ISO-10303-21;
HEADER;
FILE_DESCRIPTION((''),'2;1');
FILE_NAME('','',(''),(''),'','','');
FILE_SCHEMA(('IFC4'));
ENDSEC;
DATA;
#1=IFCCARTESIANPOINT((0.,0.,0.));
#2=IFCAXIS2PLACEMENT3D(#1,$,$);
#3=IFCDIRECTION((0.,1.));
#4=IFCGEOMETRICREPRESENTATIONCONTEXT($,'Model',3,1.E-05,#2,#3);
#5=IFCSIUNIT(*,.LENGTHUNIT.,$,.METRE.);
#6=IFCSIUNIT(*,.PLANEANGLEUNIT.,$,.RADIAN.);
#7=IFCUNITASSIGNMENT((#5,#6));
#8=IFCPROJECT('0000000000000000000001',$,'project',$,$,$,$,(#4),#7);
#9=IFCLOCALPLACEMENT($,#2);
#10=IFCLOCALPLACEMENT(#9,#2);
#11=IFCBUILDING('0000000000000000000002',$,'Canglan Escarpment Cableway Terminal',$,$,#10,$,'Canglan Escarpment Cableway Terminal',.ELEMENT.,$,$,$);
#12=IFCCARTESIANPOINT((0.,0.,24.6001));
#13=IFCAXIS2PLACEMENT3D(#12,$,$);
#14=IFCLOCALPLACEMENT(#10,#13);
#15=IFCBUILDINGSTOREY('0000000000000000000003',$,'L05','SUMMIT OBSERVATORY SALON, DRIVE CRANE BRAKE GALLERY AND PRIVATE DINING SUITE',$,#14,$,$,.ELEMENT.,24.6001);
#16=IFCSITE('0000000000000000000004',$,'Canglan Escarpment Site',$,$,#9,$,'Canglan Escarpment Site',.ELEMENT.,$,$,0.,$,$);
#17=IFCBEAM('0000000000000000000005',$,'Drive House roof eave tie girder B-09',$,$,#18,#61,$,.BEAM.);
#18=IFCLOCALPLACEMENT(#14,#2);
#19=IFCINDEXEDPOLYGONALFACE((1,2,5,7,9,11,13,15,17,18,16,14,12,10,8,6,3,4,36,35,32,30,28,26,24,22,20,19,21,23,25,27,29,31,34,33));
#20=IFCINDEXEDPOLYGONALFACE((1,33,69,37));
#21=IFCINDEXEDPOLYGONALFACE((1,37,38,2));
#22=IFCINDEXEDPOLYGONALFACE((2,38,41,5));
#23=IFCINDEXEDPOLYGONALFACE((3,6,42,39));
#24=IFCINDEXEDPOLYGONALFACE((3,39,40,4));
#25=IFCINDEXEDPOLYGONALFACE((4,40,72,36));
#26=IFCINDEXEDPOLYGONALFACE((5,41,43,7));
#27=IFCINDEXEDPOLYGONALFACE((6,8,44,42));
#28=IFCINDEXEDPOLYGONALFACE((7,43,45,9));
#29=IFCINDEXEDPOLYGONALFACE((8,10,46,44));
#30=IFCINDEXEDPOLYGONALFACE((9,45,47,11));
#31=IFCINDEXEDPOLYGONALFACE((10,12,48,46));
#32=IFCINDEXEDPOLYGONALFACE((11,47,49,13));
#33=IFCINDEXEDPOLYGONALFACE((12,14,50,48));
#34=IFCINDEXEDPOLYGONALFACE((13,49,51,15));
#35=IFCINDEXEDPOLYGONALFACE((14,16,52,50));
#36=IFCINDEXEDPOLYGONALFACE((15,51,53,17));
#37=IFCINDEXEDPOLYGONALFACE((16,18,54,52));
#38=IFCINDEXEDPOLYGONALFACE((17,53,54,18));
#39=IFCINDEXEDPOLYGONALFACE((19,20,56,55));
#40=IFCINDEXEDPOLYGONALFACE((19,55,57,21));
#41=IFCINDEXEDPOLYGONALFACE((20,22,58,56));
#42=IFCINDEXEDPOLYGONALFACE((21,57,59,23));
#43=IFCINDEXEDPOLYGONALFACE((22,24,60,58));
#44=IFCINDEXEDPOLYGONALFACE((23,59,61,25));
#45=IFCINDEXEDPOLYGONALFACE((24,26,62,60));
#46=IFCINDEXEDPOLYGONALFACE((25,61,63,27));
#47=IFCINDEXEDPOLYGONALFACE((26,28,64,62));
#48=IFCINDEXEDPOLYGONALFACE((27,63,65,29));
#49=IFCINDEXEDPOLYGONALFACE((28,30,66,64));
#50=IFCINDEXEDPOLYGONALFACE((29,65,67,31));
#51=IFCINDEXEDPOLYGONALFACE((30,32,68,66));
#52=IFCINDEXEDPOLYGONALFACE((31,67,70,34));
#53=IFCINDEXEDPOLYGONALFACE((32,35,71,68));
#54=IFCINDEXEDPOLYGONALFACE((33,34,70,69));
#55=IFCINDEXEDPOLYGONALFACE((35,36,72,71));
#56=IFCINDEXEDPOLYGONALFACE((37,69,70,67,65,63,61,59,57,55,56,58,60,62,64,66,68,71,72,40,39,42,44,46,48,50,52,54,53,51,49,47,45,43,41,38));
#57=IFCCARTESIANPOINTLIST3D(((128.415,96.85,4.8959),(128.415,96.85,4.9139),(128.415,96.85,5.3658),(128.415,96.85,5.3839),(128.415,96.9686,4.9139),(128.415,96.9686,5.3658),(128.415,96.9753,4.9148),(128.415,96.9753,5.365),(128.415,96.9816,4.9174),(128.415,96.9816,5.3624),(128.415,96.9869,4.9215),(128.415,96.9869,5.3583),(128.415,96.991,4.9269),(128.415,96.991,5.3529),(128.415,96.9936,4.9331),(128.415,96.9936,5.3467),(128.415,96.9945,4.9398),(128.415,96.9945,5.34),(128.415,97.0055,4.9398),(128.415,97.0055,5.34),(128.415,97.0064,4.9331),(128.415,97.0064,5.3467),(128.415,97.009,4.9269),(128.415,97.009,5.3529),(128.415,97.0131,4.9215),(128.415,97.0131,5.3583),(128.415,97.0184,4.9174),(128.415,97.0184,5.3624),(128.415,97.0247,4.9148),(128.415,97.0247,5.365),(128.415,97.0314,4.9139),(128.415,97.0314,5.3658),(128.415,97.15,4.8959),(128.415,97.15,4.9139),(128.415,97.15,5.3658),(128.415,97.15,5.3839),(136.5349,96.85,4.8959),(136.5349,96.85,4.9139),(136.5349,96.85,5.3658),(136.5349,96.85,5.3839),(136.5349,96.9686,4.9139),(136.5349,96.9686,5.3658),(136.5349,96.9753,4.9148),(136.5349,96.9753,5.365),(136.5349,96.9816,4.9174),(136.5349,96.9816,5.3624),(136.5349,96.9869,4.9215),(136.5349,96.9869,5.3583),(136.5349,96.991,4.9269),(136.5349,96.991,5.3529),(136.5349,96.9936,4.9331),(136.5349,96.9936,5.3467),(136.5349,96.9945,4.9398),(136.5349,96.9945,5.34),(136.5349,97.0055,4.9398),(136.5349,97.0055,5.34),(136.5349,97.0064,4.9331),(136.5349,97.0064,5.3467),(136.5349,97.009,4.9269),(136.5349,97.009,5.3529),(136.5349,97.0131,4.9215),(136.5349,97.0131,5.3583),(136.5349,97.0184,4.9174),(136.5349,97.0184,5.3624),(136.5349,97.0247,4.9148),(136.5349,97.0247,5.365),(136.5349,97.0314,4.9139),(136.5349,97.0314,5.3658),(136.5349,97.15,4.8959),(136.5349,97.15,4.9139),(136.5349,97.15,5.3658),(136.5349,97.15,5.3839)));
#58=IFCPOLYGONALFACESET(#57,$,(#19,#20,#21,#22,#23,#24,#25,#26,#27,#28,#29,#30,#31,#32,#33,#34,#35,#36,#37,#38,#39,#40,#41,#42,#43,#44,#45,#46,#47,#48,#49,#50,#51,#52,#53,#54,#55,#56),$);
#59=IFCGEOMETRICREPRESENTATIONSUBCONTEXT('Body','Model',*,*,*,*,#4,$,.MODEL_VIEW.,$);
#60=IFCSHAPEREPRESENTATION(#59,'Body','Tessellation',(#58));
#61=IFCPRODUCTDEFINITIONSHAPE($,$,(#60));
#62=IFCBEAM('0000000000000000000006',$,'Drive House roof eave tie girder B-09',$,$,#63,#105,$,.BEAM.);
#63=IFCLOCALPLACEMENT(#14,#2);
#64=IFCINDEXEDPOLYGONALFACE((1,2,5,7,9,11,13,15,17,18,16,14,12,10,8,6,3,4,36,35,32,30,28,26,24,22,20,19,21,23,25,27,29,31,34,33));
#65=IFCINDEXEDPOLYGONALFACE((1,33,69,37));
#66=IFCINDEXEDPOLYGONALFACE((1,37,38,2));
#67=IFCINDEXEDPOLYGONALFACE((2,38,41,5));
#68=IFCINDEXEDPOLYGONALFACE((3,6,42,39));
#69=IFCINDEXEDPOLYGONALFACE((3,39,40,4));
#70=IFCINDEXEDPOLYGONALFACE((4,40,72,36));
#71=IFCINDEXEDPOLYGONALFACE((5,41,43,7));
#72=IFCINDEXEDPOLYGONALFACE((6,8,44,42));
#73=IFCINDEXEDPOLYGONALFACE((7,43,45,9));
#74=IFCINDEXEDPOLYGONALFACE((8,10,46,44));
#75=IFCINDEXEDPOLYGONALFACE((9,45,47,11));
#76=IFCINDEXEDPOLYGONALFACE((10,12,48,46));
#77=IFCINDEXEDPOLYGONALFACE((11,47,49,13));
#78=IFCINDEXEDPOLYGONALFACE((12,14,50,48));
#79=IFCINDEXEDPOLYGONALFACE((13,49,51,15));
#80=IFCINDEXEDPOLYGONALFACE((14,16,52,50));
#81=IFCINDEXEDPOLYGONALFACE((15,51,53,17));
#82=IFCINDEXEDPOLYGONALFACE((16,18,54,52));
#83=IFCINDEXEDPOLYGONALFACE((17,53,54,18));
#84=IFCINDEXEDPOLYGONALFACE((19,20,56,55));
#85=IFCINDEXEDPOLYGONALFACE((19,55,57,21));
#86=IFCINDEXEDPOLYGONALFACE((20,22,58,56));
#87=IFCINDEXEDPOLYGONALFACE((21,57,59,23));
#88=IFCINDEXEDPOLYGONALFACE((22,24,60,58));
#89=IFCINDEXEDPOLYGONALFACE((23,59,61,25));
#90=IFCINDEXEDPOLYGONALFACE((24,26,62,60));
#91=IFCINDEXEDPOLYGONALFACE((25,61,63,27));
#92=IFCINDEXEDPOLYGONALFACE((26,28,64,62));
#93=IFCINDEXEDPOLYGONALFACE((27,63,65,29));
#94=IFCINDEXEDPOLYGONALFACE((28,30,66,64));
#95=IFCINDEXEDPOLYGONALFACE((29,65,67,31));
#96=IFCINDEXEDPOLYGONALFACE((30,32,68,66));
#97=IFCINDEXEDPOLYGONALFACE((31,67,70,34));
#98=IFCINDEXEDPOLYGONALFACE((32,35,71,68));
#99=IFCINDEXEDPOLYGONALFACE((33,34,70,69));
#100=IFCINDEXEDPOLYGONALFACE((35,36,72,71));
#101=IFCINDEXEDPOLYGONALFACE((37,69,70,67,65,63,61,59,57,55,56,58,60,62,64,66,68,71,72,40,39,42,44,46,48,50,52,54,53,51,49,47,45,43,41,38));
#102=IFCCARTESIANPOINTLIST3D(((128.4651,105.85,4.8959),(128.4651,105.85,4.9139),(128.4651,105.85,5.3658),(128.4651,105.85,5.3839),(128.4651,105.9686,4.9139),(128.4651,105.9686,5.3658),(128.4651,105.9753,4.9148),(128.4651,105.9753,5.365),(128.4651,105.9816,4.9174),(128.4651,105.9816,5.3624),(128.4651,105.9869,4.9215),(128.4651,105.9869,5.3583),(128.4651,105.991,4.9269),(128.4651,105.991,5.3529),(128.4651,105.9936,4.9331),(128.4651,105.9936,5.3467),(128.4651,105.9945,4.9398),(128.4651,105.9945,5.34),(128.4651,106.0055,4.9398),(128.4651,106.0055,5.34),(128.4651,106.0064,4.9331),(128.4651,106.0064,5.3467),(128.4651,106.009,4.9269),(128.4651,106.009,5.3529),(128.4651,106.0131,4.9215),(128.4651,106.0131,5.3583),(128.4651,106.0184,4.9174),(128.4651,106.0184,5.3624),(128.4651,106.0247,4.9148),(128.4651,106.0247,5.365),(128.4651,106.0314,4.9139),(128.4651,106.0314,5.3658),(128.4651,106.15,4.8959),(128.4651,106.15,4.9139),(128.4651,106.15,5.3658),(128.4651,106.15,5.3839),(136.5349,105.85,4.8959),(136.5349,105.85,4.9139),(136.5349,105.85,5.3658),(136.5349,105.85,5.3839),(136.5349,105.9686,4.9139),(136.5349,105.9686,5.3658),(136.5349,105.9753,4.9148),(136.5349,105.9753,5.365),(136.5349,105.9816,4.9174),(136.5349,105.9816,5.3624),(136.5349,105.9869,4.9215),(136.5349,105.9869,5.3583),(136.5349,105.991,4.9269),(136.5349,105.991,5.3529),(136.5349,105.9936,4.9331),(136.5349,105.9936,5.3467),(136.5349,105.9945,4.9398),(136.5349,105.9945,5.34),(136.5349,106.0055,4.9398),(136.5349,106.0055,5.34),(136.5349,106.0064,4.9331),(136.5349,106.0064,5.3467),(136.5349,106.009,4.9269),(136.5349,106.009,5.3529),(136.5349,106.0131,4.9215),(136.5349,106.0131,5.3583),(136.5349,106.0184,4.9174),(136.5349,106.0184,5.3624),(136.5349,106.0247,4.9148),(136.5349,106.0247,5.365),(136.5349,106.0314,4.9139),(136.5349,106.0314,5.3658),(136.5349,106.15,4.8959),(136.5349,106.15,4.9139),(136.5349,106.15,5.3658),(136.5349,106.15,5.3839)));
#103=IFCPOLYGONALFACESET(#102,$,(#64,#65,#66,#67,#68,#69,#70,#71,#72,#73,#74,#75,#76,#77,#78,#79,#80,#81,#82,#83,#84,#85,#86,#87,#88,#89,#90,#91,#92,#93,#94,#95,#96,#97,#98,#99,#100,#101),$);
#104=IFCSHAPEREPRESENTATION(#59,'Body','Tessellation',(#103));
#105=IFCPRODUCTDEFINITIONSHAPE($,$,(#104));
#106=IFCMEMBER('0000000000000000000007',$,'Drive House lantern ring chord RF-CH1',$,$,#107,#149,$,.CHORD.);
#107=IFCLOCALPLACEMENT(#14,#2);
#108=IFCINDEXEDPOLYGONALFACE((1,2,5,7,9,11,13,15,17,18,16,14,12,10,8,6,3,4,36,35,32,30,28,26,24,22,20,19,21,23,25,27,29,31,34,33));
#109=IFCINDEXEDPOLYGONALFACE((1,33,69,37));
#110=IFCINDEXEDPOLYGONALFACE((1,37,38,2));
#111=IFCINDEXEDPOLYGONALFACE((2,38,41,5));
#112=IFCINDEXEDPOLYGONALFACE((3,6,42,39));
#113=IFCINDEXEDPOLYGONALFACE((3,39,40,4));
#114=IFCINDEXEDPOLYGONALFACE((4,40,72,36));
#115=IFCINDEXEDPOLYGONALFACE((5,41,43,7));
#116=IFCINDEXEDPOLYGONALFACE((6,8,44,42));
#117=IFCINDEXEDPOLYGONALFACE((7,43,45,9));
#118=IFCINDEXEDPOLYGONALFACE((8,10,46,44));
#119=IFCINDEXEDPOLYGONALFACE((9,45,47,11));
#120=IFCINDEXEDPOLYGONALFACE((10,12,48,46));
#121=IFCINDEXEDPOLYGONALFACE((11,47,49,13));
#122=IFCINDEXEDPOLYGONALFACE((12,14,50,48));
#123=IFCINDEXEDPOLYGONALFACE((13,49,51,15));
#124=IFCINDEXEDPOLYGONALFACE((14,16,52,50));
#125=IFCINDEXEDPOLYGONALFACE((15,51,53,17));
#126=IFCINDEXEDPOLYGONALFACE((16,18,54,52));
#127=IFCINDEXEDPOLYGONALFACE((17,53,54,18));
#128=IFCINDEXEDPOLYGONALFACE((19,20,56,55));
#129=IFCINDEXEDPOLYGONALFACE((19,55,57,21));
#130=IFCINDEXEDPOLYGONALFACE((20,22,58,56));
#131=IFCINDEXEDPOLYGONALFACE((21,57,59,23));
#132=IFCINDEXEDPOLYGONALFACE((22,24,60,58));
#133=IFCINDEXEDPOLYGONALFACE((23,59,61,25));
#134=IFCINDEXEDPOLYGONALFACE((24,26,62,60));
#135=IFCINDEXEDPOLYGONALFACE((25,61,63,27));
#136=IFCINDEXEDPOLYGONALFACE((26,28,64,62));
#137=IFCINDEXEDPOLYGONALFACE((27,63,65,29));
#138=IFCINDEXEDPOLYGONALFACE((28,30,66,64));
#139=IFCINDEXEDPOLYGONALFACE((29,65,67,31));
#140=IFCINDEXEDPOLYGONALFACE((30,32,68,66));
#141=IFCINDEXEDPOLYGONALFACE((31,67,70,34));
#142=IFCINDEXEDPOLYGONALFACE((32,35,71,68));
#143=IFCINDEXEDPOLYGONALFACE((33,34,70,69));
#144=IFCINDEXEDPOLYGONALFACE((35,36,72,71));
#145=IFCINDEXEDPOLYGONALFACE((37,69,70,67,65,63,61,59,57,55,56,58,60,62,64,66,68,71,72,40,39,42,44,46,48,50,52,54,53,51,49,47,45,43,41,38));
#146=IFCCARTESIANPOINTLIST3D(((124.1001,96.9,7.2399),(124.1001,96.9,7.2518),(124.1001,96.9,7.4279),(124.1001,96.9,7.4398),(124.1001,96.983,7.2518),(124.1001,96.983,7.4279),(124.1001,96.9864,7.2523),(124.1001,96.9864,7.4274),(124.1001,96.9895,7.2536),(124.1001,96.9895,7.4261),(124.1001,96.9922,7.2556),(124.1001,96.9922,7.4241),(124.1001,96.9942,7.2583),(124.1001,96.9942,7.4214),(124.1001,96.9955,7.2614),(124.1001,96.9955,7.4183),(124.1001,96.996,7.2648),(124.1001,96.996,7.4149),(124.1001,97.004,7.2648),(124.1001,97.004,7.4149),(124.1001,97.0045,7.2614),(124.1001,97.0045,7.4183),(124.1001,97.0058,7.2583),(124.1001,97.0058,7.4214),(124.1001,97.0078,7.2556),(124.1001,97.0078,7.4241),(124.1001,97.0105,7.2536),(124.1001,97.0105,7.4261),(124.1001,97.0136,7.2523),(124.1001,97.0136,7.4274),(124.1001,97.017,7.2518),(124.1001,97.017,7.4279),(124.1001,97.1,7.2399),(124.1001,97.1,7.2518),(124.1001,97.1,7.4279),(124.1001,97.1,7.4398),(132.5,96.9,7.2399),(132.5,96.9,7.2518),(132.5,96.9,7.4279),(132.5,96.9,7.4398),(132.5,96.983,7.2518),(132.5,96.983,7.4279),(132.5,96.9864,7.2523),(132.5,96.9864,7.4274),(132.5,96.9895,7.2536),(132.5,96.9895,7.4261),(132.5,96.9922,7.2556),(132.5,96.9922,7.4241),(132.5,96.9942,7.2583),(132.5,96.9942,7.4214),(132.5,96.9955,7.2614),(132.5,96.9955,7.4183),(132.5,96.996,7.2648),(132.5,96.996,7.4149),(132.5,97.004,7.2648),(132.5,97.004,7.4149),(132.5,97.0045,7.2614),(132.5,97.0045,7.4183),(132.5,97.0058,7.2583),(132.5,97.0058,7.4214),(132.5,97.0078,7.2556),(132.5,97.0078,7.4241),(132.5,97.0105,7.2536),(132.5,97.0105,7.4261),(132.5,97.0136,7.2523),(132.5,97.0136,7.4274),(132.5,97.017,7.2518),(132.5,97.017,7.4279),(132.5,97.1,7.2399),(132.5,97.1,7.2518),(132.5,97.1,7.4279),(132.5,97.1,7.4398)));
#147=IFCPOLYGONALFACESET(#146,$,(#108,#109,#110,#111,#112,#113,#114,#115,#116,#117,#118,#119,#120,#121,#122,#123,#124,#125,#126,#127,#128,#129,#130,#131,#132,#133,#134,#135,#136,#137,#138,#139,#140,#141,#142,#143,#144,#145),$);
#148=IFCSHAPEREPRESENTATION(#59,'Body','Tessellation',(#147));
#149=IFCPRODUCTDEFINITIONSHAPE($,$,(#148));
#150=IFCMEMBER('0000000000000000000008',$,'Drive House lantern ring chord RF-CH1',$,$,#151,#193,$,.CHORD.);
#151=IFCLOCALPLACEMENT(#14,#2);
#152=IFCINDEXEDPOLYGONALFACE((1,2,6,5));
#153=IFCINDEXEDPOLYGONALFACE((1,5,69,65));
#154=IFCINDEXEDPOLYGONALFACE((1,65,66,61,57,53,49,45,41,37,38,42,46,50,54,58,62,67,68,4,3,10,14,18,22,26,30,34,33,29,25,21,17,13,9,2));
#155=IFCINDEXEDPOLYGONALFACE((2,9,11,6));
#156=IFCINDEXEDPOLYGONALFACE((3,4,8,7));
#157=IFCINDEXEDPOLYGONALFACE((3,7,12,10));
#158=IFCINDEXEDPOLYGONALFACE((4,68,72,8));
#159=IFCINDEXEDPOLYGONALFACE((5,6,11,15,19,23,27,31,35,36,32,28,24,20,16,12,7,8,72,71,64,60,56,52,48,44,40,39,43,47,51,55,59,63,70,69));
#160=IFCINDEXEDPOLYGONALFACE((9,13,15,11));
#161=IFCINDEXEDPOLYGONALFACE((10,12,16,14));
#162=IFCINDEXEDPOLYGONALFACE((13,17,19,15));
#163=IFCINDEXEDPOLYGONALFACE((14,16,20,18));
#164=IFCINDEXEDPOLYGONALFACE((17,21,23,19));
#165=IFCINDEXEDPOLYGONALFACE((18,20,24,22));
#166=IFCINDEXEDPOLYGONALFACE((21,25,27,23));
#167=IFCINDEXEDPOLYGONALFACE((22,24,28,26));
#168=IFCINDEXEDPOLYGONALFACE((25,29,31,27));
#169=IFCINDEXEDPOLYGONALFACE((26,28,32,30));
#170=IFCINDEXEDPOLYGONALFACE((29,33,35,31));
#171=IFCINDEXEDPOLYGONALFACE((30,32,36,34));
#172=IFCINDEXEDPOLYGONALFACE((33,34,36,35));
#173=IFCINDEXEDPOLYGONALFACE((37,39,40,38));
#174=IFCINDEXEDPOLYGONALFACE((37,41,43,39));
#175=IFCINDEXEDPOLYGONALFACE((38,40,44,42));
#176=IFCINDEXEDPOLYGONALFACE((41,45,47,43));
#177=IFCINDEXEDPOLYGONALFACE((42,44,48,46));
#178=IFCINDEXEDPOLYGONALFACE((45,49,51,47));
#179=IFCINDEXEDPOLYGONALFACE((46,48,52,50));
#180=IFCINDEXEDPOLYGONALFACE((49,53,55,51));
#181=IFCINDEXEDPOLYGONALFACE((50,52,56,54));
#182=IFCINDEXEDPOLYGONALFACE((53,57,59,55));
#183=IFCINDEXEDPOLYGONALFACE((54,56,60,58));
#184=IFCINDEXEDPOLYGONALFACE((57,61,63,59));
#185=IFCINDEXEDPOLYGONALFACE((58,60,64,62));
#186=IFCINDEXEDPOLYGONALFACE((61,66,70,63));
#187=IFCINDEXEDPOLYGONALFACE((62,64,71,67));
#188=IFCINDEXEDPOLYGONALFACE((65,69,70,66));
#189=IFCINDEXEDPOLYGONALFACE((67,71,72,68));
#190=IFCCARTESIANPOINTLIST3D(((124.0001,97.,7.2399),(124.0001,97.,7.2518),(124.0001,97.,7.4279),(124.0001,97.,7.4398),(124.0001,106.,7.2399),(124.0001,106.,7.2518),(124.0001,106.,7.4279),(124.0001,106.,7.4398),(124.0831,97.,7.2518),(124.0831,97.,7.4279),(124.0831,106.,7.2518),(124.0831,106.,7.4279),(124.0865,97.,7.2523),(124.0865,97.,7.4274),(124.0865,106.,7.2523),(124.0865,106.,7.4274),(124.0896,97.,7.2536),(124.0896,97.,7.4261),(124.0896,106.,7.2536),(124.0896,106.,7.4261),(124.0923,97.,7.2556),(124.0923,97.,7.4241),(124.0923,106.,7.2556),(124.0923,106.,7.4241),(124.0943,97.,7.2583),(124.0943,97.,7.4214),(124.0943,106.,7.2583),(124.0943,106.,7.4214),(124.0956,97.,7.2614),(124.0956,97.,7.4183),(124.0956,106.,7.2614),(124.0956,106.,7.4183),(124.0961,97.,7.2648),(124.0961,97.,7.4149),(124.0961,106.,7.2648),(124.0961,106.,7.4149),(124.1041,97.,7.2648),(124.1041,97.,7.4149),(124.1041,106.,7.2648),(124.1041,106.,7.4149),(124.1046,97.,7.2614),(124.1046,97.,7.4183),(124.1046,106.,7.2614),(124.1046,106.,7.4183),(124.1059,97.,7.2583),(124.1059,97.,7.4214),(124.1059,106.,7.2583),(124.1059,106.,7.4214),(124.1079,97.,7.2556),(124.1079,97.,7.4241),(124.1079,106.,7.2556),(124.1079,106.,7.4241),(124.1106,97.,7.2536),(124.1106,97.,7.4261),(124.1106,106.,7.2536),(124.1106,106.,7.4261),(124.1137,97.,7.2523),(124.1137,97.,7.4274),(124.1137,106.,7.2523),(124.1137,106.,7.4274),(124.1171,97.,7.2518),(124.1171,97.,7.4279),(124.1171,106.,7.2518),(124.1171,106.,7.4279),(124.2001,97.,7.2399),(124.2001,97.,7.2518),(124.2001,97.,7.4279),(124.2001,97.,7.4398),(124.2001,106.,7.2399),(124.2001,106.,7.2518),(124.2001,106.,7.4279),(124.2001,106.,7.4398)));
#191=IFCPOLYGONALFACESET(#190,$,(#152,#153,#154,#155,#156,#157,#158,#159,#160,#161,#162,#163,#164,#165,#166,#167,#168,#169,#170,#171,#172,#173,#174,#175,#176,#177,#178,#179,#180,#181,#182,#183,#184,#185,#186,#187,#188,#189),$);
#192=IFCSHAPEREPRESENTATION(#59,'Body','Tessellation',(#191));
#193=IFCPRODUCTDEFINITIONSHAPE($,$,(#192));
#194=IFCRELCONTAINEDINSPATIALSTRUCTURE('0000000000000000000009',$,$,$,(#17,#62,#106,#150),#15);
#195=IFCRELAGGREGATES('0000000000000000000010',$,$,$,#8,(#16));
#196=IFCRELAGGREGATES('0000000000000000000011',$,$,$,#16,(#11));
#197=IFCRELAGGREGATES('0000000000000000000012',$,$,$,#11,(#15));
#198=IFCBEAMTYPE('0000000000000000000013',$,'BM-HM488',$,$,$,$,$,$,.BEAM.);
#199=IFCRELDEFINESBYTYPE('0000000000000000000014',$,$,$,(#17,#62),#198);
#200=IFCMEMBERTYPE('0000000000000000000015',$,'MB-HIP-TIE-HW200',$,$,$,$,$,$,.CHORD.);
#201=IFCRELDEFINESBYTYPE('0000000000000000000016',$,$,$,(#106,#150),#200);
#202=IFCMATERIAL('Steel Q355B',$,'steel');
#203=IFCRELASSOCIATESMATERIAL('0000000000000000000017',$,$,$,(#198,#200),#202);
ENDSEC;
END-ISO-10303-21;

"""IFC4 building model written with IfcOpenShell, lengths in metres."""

from ifc_helpers import new_model, si_unit, direction, frame, origin, origin_2d, place, context, subcontext, project, spatial, i_section, extrude, material, material_profile, profile_set, type_object, element, save


model = new_model("IFC4")

# Units and contexts
model_context = context("Model", 3, precision=1e-05, world=origin(), true_north=direction((0.0, 1.0)))
body_context = subcontext(model_context, "Body", "Model", "MODEL_VIEW")
ifc_project = project(units=[si_unit("LENGTHUNIT", "METRE"), si_unit("PLANEANGLEUNIT", "RADIAN")], contexts=[model_context])

# Site, building, storey
site_placement = place(None, origin())
site = spatial("IfcSite", under=ifc_project, at=site_placement, Name="Canglan Escarpment Site", LongName="Canglan Escarpment Site", CompositionType="ELEMENT", RefElevation=0.0)
building_placement = place(site_placement, origin())
building = spatial("IfcBuilding", under=site, at=building_placement, Name="Canglan Escarpment Cableway Terminal", LongName="Canglan Escarpment Cableway Terminal", CompositionType="ELEMENT")
storey_placement = place(building_placement, frame((0.0, 0.0, 24.6001)))
storey = spatial("IfcBuildingStorey", under=building, at=storey_placement, Name="L05", Description="SUMMIT OBSERVATORY SALON, DRIVE CRANE BRAKE GALLERY AND PRIVATE DINING SUITE", CompositionType="ELEMENT", Elevation=24.6001)

# Shared definitions
ifc_material_1 = material(Name="Steel Q355B", Category="steel")

# Beams
ifc_material_profile_1 = material_profile(ifc_material_1, i_section(OverallWidth=0.3, OverallDepth=0.488, WebThickness=0.011, FlangeThickness=0.0181, FilletRadius=0.0259, at=origin_2d()), Name="HM 488x300x11x18")
ifc_profile_set_1 = profile_set([ifc_material_profile_1], Name="Steel Q355B")
beam_type_1 = type_object("IfcBeamType", Name="BM-HM488", PredefinedType="BEAM", material=ifc_profile_set_1)
beam_1_placement = place(storey_placement, frame((128.415, 97.0, 5.1399), z_axis=(1.0, 0.0, 0.0), x_axis=(0.0, 1.0, 0.0)))
element("IfcBeam", 1, at=beam_1_placement, inside=storey, type_object=beam_type_1, Name="Drive House roof eave tie girder B-09", PredefinedType="BEAM", context=body_context, shape_type="SweptSolid", body=[
    extrude(i_section(OverallWidth=0.3, OverallDepth=0.488, WebThickness=0.011, FlangeThickness=0.0181, FilletRadius=0.0259, at=origin_2d()), origin(), (0.0, 0.0, 1.0), 8.1199),
])
beam_2_placement = place(storey_placement, frame((128.4651, 106.0, 5.1399), z_axis=(1.0, 0.0, 0.0), x_axis=(0.0, 1.0, 0.0)))
element("IfcBeam", 2, at=beam_2_placement, inside=storey, type_object=beam_type_1, Name="Drive House roof eave tie girder B-09", PredefinedType="BEAM", context=body_context, shape_type="SweptSolid", body=[
    extrude(i_section(OverallWidth=0.3, OverallDepth=0.488, WebThickness=0.011, FlangeThickness=0.0181, FilletRadius=0.0259, at=origin_2d()), origin(), (0.0, 0.0, 1.0), 8.0698),
])

# Members
ifc_material_profile_2 = material_profile(ifc_material_1, i_section(OverallWidth=0.2, OverallDepth=0.2, WebThickness=0.0081, FlangeThickness=0.012, FilletRadius=0.0129, at=origin_2d()), Name="HW 200x200x8x12")
ifc_profile_set_2 = profile_set([ifc_material_profile_2], Name="Steel Q355B")
member_type_1 = type_object("IfcMemberType", Name="MB-HIP-TIE-HW200", PredefinedType="CHORD", material=ifc_profile_set_2)
member_1_placement = place(storey_placement, frame((124.1001, 97.0, 7.3398), z_axis=(1.0, 0.0, 0.0), x_axis=(0.0, 1.0, 0.0)))
element("IfcMember", 3, at=member_1_placement, inside=storey, type_object=member_type_1, Name="Drive House lantern ring chord RF-CH1", PredefinedType="CHORD", context=body_context, shape_type="SweptSolid", body=[
    extrude(i_section(OverallWidth=0.2, OverallDepth=0.2, WebThickness=0.0081, FlangeThickness=0.012, FilletRadius=0.0129, at=origin_2d()), origin(), (0.0, 0.0, 1.0), 8.3999),
])
member_2_placement = place(storey_placement, frame((124.1001, 106.0, 7.3398), z_axis=(0.0, -1.0, 0.0), x_axis=(1.0, 0.0, 0.0)))
element("IfcMember", 4, at=member_2_placement, inside=storey, type_object=member_type_1, Name="Drive House lantern ring chord RF-CH1", PredefinedType="CHORD", context=body_context, shape_type="SweptSolid", body=[
    extrude(i_section(OverallWidth=0.2, OverallDepth=0.2, WebThickness=0.0081, FlangeThickness=0.012, FilletRadius=0.0129, at=origin_2d()), origin(), (0.0, 0.0, 1.0), 9.0),
])

save(model, "model.ifc")
